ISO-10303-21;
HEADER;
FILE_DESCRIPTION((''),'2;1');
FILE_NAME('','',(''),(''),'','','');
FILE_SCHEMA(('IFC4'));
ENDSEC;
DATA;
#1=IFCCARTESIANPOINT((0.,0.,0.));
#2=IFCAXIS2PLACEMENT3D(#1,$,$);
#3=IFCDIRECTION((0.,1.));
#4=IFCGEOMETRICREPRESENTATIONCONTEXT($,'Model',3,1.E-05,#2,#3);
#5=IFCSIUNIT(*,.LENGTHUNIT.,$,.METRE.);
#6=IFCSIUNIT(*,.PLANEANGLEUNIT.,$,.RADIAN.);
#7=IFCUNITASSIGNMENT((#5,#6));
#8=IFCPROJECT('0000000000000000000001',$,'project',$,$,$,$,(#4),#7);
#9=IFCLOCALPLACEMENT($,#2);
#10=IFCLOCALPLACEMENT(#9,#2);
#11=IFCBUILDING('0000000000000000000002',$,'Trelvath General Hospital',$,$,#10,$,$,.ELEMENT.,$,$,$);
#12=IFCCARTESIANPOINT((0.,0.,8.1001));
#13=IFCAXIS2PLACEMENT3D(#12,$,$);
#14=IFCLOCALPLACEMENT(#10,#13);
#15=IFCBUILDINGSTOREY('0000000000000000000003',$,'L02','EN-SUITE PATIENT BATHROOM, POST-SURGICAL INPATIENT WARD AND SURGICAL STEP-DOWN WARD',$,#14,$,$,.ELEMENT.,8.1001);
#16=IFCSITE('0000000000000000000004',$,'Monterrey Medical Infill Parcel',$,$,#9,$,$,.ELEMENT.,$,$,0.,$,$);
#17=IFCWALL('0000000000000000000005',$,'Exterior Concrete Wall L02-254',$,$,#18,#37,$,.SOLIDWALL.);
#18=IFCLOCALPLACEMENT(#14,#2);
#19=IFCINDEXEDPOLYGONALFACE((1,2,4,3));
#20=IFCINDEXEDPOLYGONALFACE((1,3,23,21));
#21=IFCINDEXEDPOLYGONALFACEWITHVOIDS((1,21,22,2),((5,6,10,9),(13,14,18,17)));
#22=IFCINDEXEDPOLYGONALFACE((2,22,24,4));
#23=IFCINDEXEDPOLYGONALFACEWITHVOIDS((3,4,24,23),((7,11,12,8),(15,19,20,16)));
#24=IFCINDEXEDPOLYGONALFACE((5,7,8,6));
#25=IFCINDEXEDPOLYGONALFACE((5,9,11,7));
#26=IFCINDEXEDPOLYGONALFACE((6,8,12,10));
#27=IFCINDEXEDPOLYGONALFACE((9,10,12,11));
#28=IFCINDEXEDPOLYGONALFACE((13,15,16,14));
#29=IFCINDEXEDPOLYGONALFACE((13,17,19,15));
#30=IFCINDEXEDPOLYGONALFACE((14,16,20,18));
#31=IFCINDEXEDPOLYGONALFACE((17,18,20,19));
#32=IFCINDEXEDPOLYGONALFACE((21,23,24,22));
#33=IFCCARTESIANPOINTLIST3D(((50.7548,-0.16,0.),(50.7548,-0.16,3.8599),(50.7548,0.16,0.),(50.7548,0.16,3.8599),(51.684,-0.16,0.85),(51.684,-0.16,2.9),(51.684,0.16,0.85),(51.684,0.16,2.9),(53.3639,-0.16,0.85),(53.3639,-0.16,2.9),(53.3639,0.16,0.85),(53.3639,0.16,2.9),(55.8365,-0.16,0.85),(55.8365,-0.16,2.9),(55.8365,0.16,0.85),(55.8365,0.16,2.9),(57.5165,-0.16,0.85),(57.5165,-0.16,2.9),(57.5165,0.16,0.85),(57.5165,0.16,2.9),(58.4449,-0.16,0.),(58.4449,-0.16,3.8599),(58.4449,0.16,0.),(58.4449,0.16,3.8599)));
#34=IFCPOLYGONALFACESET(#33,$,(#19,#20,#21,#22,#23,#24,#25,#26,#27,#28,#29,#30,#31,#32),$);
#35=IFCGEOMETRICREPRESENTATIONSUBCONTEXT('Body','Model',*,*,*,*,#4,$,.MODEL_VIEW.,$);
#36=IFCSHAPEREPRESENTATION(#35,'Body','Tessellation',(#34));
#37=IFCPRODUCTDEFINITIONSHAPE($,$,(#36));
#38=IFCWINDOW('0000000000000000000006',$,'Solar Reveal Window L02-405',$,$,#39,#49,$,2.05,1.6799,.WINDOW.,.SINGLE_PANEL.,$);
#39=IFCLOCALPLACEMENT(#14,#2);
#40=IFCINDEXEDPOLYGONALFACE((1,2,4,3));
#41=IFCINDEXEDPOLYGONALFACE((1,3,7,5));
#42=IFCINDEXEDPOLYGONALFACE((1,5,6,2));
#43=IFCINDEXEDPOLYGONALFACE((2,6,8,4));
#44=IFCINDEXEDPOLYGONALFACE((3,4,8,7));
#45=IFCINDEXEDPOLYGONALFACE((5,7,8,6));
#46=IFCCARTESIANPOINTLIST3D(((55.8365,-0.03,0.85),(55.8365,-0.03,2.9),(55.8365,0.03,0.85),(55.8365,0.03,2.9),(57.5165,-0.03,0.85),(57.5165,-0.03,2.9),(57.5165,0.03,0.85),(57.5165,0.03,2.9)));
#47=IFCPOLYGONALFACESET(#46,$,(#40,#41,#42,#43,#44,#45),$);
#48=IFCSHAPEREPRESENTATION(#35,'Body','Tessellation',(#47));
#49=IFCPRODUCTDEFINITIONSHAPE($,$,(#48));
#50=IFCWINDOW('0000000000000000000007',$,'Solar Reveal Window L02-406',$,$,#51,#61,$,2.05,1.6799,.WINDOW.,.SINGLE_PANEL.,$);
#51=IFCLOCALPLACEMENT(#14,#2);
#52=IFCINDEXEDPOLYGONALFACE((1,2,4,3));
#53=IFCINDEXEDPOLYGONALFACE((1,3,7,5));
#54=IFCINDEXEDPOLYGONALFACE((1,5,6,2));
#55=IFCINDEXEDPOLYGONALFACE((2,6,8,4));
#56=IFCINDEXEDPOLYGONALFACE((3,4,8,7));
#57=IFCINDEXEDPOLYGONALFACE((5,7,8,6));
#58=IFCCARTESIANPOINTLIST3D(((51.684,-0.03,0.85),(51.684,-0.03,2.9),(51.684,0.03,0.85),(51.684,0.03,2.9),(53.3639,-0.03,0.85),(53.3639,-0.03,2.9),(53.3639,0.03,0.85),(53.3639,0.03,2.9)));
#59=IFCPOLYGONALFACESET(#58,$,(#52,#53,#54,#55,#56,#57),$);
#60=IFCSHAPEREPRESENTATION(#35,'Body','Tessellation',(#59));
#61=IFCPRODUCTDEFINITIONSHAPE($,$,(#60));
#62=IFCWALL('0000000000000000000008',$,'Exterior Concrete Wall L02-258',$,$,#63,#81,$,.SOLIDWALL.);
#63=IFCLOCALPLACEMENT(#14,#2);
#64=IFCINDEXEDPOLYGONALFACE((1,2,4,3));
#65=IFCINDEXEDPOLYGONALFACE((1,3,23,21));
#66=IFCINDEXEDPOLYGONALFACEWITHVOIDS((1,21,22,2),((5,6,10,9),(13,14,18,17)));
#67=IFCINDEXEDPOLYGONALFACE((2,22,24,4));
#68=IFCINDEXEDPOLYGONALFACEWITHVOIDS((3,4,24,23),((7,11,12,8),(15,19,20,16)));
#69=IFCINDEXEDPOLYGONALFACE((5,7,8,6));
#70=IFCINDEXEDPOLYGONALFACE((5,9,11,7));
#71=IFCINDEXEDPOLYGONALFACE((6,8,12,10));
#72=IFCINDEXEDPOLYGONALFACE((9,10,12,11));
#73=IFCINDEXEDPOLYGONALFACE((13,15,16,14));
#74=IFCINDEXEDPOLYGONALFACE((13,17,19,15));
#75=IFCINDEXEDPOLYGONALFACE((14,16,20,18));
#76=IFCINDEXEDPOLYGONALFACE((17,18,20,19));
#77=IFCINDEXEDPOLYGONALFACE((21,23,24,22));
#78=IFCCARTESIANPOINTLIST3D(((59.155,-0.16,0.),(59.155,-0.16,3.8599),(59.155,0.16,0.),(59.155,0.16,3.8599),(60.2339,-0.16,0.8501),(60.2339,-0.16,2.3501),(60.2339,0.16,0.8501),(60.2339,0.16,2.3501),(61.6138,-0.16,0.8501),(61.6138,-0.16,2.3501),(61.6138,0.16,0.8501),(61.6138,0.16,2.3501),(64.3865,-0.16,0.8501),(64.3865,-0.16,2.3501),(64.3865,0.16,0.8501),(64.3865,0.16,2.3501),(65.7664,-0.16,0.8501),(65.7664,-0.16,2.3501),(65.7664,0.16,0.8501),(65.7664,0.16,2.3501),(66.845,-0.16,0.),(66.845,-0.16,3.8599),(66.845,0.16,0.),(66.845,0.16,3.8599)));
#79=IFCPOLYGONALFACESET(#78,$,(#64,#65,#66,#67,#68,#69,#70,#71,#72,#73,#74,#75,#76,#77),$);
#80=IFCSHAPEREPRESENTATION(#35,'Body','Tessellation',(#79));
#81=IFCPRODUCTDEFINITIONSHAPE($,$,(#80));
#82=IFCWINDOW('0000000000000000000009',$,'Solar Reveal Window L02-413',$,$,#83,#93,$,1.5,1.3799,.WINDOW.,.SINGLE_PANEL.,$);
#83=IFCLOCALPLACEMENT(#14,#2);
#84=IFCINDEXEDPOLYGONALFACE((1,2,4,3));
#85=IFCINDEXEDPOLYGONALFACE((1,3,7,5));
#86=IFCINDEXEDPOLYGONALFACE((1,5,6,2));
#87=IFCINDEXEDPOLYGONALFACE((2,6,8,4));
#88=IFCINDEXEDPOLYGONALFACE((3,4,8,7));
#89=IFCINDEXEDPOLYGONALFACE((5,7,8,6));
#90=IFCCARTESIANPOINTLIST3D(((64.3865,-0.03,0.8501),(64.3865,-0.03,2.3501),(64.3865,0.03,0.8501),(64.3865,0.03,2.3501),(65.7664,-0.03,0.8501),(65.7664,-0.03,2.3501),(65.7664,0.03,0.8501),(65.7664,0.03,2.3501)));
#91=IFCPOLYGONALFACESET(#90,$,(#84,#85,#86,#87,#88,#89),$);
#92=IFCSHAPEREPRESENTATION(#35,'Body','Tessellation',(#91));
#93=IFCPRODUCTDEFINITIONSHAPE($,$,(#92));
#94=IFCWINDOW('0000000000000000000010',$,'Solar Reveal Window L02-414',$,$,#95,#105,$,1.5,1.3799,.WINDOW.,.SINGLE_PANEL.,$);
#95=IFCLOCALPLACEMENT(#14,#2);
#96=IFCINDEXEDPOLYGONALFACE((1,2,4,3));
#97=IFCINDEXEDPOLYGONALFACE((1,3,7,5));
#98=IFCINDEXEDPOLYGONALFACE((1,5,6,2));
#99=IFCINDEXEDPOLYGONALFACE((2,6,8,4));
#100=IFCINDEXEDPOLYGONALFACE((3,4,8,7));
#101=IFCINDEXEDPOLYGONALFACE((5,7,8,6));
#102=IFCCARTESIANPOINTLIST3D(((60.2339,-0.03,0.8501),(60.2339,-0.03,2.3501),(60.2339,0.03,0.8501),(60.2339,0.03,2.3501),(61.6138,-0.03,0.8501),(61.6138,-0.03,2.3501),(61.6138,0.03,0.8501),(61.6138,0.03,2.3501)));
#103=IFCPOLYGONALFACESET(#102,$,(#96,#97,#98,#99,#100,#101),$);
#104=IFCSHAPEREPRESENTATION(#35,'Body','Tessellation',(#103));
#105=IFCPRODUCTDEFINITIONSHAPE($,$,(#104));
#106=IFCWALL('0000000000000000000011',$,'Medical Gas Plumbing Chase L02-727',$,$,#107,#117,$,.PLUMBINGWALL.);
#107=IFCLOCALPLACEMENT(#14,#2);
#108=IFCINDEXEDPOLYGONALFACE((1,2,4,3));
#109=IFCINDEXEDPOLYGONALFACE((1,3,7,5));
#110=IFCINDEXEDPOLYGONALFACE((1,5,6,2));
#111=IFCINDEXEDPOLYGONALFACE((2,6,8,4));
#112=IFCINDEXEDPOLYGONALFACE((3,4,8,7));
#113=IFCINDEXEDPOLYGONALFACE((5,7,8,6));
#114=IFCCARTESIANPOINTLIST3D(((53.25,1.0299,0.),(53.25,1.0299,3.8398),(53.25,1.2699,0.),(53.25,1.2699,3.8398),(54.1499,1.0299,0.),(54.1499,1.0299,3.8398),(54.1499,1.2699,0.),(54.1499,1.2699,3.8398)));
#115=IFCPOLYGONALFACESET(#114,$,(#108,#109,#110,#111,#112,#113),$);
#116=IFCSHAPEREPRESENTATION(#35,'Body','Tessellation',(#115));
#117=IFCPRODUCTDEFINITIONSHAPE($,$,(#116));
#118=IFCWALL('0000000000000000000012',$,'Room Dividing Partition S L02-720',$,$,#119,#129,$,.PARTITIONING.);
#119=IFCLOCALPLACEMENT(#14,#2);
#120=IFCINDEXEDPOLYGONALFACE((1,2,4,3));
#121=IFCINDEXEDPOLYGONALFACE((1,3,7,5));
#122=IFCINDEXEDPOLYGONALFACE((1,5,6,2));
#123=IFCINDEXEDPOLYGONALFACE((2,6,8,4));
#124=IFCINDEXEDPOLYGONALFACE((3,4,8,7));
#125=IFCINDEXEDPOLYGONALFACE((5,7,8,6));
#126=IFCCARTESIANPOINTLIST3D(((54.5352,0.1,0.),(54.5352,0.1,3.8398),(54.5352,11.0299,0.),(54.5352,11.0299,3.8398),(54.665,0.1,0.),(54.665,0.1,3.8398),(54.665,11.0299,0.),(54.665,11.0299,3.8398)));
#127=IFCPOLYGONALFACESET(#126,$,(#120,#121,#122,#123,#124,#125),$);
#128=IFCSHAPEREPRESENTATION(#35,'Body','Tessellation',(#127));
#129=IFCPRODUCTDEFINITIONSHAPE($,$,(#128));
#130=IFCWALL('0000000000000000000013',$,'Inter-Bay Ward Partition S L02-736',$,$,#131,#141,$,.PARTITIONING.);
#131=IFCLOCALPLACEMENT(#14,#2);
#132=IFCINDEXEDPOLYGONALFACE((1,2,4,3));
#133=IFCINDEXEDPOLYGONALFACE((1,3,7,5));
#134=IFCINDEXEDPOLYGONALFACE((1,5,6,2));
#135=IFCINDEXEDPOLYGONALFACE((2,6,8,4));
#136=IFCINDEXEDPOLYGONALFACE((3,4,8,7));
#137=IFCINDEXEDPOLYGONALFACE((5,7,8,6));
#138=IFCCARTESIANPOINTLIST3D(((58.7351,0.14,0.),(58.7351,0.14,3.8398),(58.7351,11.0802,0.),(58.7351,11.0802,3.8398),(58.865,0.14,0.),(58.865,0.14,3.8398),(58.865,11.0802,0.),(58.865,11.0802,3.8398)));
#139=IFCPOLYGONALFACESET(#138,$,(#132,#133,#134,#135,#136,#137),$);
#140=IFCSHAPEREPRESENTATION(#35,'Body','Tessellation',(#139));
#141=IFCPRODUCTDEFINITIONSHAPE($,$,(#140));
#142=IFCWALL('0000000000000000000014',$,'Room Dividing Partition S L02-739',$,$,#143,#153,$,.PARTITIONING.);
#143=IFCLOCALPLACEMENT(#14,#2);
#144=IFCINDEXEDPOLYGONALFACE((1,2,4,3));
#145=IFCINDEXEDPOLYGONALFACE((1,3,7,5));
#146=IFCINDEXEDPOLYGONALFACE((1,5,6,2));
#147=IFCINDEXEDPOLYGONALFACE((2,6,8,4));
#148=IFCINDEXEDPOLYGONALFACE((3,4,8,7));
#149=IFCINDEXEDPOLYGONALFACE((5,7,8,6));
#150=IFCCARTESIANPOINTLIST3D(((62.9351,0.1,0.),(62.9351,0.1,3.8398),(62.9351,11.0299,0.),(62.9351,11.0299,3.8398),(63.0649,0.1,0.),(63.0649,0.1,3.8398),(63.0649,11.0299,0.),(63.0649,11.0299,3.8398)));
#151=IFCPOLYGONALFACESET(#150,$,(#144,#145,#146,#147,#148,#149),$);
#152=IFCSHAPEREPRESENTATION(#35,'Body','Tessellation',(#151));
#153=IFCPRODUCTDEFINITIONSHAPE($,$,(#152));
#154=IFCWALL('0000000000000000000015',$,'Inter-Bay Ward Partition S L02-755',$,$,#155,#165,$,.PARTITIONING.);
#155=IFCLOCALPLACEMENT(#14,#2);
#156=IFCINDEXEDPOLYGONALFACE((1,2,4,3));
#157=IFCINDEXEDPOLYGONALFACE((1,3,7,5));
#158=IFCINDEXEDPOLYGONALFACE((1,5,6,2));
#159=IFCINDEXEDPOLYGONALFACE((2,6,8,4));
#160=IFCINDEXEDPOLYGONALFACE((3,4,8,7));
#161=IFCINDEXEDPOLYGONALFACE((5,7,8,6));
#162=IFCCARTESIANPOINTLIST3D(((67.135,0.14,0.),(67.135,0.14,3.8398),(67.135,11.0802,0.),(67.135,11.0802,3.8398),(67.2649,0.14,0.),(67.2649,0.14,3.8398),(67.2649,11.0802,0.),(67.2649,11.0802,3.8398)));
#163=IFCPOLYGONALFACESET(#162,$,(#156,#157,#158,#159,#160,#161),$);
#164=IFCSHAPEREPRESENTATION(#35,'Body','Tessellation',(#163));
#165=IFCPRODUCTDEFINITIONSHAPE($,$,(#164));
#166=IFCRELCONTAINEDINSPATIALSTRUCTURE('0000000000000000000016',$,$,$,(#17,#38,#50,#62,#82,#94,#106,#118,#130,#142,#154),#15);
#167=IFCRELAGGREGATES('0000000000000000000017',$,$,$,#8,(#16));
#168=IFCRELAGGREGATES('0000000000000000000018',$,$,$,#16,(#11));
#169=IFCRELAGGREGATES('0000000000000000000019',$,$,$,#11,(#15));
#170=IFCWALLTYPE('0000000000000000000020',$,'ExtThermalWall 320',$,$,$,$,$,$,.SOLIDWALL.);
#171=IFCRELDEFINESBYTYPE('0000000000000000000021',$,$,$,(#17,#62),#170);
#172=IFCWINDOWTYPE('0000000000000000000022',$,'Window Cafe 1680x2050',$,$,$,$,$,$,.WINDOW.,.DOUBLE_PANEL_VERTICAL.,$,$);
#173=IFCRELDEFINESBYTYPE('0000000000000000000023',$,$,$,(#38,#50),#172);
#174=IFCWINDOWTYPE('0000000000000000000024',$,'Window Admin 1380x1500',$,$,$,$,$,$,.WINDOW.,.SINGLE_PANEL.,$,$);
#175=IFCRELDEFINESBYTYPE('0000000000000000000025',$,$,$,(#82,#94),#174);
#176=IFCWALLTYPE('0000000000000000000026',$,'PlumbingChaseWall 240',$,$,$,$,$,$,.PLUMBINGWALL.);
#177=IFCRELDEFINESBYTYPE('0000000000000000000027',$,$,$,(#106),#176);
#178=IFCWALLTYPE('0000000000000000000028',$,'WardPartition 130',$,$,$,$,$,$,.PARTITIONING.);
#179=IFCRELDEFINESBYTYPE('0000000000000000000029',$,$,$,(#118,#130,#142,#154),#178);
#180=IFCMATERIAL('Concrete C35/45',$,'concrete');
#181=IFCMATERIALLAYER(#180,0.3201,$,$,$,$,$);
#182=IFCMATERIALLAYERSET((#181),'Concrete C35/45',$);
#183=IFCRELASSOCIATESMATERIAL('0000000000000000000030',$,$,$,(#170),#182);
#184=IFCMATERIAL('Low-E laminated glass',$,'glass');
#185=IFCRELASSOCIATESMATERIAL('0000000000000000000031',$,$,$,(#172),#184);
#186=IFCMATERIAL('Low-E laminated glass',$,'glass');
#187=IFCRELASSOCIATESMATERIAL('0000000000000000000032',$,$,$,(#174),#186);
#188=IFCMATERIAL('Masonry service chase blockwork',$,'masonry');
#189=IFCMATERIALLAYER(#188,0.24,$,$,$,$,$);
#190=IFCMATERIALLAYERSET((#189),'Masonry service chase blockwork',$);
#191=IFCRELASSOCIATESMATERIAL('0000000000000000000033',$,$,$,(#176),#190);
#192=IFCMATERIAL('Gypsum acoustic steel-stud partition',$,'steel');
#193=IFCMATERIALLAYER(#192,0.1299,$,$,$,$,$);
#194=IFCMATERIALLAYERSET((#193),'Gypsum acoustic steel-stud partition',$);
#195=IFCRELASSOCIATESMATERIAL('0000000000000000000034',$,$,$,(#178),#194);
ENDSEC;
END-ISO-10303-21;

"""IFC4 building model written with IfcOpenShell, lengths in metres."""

from ifc_helpers import new_model, si_unit, direction, frame, frame_2d, origin, place, context, subcontext, project, spatial, rectangle, extrude, material, layer, layer_set, type_object, element, fill, save


model = new_model("IFC4")

# Units and contexts
model_context = context("Model", 3, precision=1e-05, world=origin(), true_north=direction((0.0, 1.0)))
body_context = subcontext(model_context, "Body", "Model", "MODEL_VIEW")
ifc_project = project(units=[si_unit("LENGTHUNIT", "METRE"), si_unit("PLANEANGLEUNIT", "RADIAN")], contexts=[model_context])

# Site, building, storey
site_placement = place(None, origin())
site = spatial("IfcSite", under=ifc_project, at=site_placement, Name="Monterrey Medical Infill Parcel", CompositionType="ELEMENT", RefElevation=0.0)
building_placement = place(site_placement, origin())
building = spatial("IfcBuilding", under=site, at=building_placement, Name="Trelvath General Hospital", CompositionType="ELEMENT")
storey_placement = place(building_placement, frame((0.0, 0.0, 8.1001)))
storey = spatial("IfcBuildingStorey", under=building, at=storey_placement, Name="L02", Description="EN-SUITE PATIENT BATHROOM, POST-SURGICAL INPATIENT WARD AND SURGICAL STEP-DOWN WARD", CompositionType="ELEMENT", Elevation=8.1001)

# Walls, openings, windows
ifc_material_1 = material(Name="Concrete C35/45", Category="concrete")
ifc_layer_1 = layer(ifc_material_1, 0.3201)
ifc_layer_set_1 = layer_set([ifc_layer_1], Name="Concrete C35/45")
wall_type_1 = type_object("IfcWallType", Name="ExtThermalWall 320", PredefinedType="SOLIDWALL", material=ifc_layer_set_1)
wall_1_placement = place(storey_placement, frame((58.4451, 0.0, 0.0), z_axis=(0.0, 0.0, 1.0), x_axis=(-1.0, 0.0, 0.0)))
wall_1 = element("IfcWall", 1, at=wall_1_placement, inside=storey, type_object=wall_type_1, Name="Exterior Concrete Wall L02-254", PredefinedType="SOLIDWALL", context=body_context, shape_type="SweptSolid", body=[
    extrude(rectangle(XDim=7.6902, YDim=0.3201, at=frame_2d((3.8452, 0.0))), origin(), (0.0, 0.0, 1.0), 3.8599),
])
opening_1_placement = place(wall_1_placement, frame((0.9287, 0.0, 0.8501)))
opening_1 = element("IfcOpeningElement", 2, at=opening_1_placement, cuts=wall_1, PredefinedType="OPENING", context=body_context, shape_type="SweptSolid", body=[
    extrude(rectangle(XDim=1.6799, YDim=2.05, at=frame_2d((0.8398, 1.0249))), frame((0.0, 0.1699, 0.0), z_axis=(0.0, -1.0, 0.0), x_axis=(1.0, 0.0, 0.0)), (0.0, 0.0, 1.0), 0.3401),
])
opening_2_placement = place(wall_1_placement, frame((5.0813, 0.0, 0.8501)))
opening_2 = element("IfcOpeningElement", 3, at=opening_2_placement, cuts=wall_1, PredefinedType="OPENING", context=body_context, shape_type="SweptSolid", body=[
    extrude(rectangle(XDim=1.6799, YDim=2.05, at=frame_2d((0.8398, 1.0249))), frame((0.0, 0.1699, 0.0), z_axis=(0.0, -1.0, 0.0), x_axis=(1.0, 0.0, 0.0)), (0.0, 0.0, 1.0), 0.3401),
])
ifc_material_2 = material(Name="Low-E laminated glass", Category="glass")
window_type_1 = type_object("IfcWindowType", Name="Window Cafe 1680x2050", PartitioningType="DOUBLE_PANEL_VERTICAL", PredefinedType="WINDOW", material=ifc_material_2)
window_1_placement = place(opening_1_placement, origin())
window_1 = element("IfcWindow", 4, at=window_1_placement, inside=storey, type_object=window_type_1, Name="Solar Reveal Window L02-405", OverallHeight=2.05, OverallWidth=1.6799, PartitioningType="SINGLE_PANEL", PredefinedType="WINDOW", context=body_context, shape_type="SweptSolid", body=[
    extrude(rectangle(XDim=1.6799, YDim=2.05, at=frame_2d((0.8398, 1.0249))), frame((0.0, 0.03, 0.0), z_axis=(0.0, -1.0, 0.0), x_axis=(1.0, 0.0, 0.0)), (0.0, 0.0, 1.0), 0.0601),
])
fill(opening_1, window_1)
window_2_placement = place(opening_2_placement, origin())
window_2 = element("IfcWindow", 5, at=window_2_placement, inside=storey, type_object=window_type_1, Name="Solar Reveal Window L02-406", OverallHeight=2.05, OverallWidth=1.6799, PartitioningType="SINGLE_PANEL", PredefinedType="WINDOW", context=body_context, shape_type="SweptSolid", body=[
    extrude(rectangle(XDim=1.6799, YDim=2.05, at=frame_2d((0.8398, 1.0249))), frame((0.0, 0.03, 0.0), z_axis=(0.0, -1.0, 0.0), x_axis=(1.0, 0.0, 0.0)), (0.0, 0.0, 1.0), 0.0601),
])
fill(opening_2, window_2)
wall_2_placement = place(storey_placement, frame((66.845, 0.0, 0.0), z_axis=(0.0, 0.0, 1.0), x_axis=(-1.0, 0.0, 0.0)))
wall_2 = element("IfcWall", 6, at=wall_2_placement, inside=storey, type_object=wall_type_1, Name="Exterior Concrete Wall L02-258", PredefinedType="SOLIDWALL", context=body_context, shape_type="SweptSolid", body=[
    extrude(rectangle(XDim=7.6899, YDim=0.3201, at=frame_2d((3.845, 0.0))), origin(), (0.0, 0.0, 1.0), 3.8599),
])
opening_3_placement = place(wall_2_placement, frame((1.0786, 0.0, 0.8501)))
opening_3 = element("IfcOpeningElement", 7, at=opening_3_placement, cuts=wall_2, PredefinedType="OPENING", context=body_context, shape_type="SweptSolid", body=[
    extrude(rectangle(XDim=1.3799, YDim=1.5, at=frame_2d((0.6899, 0.75))), frame((0.0, 0.1699, 0.0), z_axis=(0.0, -1.0, 0.0), x_axis=(1.0, 0.0, 0.0)), (0.0, 0.0, 1.0), 0.3401),
])
opening_4_placement = place(wall_2_placement, frame((5.2312, 0.0, 0.8501)))
opening_4 = element("IfcOpeningElement", 8, at=opening_4_placement, cuts=wall_2, PredefinedType="OPENING", context=body_context, shape_type="SweptSolid", body=[
    extrude(rectangle(XDim=1.3799, YDim=1.5, at=frame_2d((0.6899, 0.75))), frame((0.0, 0.1699, 0.0), z_axis=(0.0, -1.0, 0.0), x_axis=(1.0, 0.0, 0.0)), (0.0, 0.0, 1.0), 0.3401),
])
ifc_material_3 = material(Name="Low-E laminated glass", Category="glass")
window_type_2 = type_object("IfcWindowType", Name="Window Admin 1380x1500", PartitioningType="SINGLE_PANEL", PredefinedType="WINDOW", material=ifc_material_3)
window_3_placement = place(opening_3_placement, origin())
window_3 = element("IfcWindow", 9, at=window_3_placement, inside=storey, type_object=window_type_2, Name="Solar Reveal Window L02-413", OverallHeight=1.5, OverallWidth=1.3799, PartitioningType="SINGLE_PANEL", PredefinedType="WINDOW", context=body_context, shape_type="SweptSolid", body=[
    extrude(rectangle(XDim=1.3799, YDim=1.5, at=frame_2d((0.6899, 0.75))), frame((0.0, 0.03, 0.0), z_axis=(0.0, -1.0, 0.0), x_axis=(1.0, 0.0, 0.0)), (0.0, 0.0, 1.0), 0.0601),
])
fill(opening_3, window_3)
window_4_placement = place(opening_4_placement, origin())
window_4 = element("IfcWindow", 10, at=window_4_placement, inside=storey, type_object=window_type_2, Name="Solar Reveal Window L02-414", OverallHeight=1.5, OverallWidth=1.3799, PartitioningType="SINGLE_PANEL", PredefinedType="WINDOW", context=body_context, shape_type="SweptSolid", body=[
    extrude(rectangle(XDim=1.3799, YDim=1.5, at=frame_2d((0.6899, 0.75))), frame((0.0, 0.03, 0.0), z_axis=(0.0, -1.0, 0.0), x_axis=(1.0, 0.0, 0.0)), (0.0, 0.0, 1.0), 0.0601),
])
fill(opening_4, window_4)

# Walls
ifc_material_4 = material(Name="Masonry service chase blockwork", Category="masonry")
ifc_layer_2 = layer(ifc_material_4, 0.24)
ifc_layer_set_2 = layer_set([ifc_layer_2], Name="Masonry service chase blockwork")
wall_type_2 = type_object("IfcWallType", Name="PlumbingChaseWall 240", PredefinedType="PLUMBINGWALL", material=ifc_layer_set_2)
wall_3_placement = place(storey_placement, frame((53.25, 1.1499, 0.0), z_axis=(0.0, 0.0, 1.0), x_axis=(1.0, 0.0, 0.0)))
element("IfcWall", 11, at=wall_3_placement, inside=storey, type_object=wall_type_2, Name="Medical Gas Plumbing Chase L02-727", PredefinedType="PLUMBINGWALL", context=body_context, shape_type="SweptSolid", body=[
    extrude(rectangle(XDim=0.8999, YDim=0.24, at=frame_2d((0.45, 0.0))), origin(), (0.0, 0.0, 1.0), 3.8398),
])
ifc_material_5 = material(Name="Gypsum acoustic steel-stud partition", Category="steel")
ifc_layer_3 = layer(ifc_material_5, 0.1299)
ifc_layer_set_3 = layer_set([ifc_layer_3], Name="Gypsum acoustic steel-stud partition")
wall_type_3 = type_object("IfcWallType", Name="WardPartition 130", PredefinedType="PARTITIONING", material=ifc_layer_set_3)
wall_4_placement = place(storey_placement, frame((54.6001, 0.1001, 0.0), z_axis=(0.0, 0.0, 1.0), x_axis=(0.0, 1.0, 0.0)))
element("IfcWall", 12, at=wall_4_placement, inside=storey, type_object=wall_type_3, Name="Room Dividing Partition S L02-720", PredefinedType="PARTITIONING", context=body_context, shape_type="SweptSolid", body=[
    extrude(rectangle(XDim=10.9299, YDim=0.1299, at=frame_2d((5.4648, 0.0))), origin(), (0.0, 0.0, 1.0), 3.8398),
])
wall_5_placement = place(storey_placement, frame((58.8, 0.1399, 0.0), z_axis=(0.0, 0.0, 1.0), x_axis=(0.0, 1.0, 0.0)))
element("IfcWall", 13, at=wall_5_placement, inside=storey, type_object=wall_type_3, Name="Inter-Bay Ward Partition S L02-736", PredefinedType="PARTITIONING", context=body_context, shape_type="SweptSolid", body=[
    extrude(rectangle(XDim=10.9402, YDim=0.1299, at=frame_2d((5.4702, 0.0))), origin(), (0.0, 0.0, 1.0), 3.8398),
])
wall_6_placement = place(storey_placement, frame((63.0, 0.1001, 0.0), z_axis=(0.0, 0.0, 1.0), x_axis=(0.0, 1.0, 0.0)))
element("IfcWall", 14, at=wall_6_placement, inside=storey, type_object=wall_type_3, Name="Room Dividing Partition S L02-739", PredefinedType="PARTITIONING", context=body_context, shape_type="SweptSolid", body=[
    extrude(rectangle(XDim=10.9299, YDim=0.1299, at=frame_2d((5.4648, 0.0))), origin(), (0.0, 0.0, 1.0), 3.8398),
])
wall_7_placement = place(storey_placement, frame((67.2, 0.1399, 0.0), z_axis=(0.0, 0.0, 1.0), x_axis=(0.0, 1.0, 0.0)))
element("IfcWall", 15, at=wall_7_placement, inside=storey, type_object=wall_type_3, Name="Inter-Bay Ward Partition S L02-755", PredefinedType="PARTITIONING", context=body_context, shape_type="SweptSolid", body=[
    extrude(rectangle(XDim=10.9402, YDim=0.1299, at=frame_2d((5.4702, 0.0))), origin(), (0.0, 0.0, 1.0), 3.8398),
])

save(model, "model.ifc")
